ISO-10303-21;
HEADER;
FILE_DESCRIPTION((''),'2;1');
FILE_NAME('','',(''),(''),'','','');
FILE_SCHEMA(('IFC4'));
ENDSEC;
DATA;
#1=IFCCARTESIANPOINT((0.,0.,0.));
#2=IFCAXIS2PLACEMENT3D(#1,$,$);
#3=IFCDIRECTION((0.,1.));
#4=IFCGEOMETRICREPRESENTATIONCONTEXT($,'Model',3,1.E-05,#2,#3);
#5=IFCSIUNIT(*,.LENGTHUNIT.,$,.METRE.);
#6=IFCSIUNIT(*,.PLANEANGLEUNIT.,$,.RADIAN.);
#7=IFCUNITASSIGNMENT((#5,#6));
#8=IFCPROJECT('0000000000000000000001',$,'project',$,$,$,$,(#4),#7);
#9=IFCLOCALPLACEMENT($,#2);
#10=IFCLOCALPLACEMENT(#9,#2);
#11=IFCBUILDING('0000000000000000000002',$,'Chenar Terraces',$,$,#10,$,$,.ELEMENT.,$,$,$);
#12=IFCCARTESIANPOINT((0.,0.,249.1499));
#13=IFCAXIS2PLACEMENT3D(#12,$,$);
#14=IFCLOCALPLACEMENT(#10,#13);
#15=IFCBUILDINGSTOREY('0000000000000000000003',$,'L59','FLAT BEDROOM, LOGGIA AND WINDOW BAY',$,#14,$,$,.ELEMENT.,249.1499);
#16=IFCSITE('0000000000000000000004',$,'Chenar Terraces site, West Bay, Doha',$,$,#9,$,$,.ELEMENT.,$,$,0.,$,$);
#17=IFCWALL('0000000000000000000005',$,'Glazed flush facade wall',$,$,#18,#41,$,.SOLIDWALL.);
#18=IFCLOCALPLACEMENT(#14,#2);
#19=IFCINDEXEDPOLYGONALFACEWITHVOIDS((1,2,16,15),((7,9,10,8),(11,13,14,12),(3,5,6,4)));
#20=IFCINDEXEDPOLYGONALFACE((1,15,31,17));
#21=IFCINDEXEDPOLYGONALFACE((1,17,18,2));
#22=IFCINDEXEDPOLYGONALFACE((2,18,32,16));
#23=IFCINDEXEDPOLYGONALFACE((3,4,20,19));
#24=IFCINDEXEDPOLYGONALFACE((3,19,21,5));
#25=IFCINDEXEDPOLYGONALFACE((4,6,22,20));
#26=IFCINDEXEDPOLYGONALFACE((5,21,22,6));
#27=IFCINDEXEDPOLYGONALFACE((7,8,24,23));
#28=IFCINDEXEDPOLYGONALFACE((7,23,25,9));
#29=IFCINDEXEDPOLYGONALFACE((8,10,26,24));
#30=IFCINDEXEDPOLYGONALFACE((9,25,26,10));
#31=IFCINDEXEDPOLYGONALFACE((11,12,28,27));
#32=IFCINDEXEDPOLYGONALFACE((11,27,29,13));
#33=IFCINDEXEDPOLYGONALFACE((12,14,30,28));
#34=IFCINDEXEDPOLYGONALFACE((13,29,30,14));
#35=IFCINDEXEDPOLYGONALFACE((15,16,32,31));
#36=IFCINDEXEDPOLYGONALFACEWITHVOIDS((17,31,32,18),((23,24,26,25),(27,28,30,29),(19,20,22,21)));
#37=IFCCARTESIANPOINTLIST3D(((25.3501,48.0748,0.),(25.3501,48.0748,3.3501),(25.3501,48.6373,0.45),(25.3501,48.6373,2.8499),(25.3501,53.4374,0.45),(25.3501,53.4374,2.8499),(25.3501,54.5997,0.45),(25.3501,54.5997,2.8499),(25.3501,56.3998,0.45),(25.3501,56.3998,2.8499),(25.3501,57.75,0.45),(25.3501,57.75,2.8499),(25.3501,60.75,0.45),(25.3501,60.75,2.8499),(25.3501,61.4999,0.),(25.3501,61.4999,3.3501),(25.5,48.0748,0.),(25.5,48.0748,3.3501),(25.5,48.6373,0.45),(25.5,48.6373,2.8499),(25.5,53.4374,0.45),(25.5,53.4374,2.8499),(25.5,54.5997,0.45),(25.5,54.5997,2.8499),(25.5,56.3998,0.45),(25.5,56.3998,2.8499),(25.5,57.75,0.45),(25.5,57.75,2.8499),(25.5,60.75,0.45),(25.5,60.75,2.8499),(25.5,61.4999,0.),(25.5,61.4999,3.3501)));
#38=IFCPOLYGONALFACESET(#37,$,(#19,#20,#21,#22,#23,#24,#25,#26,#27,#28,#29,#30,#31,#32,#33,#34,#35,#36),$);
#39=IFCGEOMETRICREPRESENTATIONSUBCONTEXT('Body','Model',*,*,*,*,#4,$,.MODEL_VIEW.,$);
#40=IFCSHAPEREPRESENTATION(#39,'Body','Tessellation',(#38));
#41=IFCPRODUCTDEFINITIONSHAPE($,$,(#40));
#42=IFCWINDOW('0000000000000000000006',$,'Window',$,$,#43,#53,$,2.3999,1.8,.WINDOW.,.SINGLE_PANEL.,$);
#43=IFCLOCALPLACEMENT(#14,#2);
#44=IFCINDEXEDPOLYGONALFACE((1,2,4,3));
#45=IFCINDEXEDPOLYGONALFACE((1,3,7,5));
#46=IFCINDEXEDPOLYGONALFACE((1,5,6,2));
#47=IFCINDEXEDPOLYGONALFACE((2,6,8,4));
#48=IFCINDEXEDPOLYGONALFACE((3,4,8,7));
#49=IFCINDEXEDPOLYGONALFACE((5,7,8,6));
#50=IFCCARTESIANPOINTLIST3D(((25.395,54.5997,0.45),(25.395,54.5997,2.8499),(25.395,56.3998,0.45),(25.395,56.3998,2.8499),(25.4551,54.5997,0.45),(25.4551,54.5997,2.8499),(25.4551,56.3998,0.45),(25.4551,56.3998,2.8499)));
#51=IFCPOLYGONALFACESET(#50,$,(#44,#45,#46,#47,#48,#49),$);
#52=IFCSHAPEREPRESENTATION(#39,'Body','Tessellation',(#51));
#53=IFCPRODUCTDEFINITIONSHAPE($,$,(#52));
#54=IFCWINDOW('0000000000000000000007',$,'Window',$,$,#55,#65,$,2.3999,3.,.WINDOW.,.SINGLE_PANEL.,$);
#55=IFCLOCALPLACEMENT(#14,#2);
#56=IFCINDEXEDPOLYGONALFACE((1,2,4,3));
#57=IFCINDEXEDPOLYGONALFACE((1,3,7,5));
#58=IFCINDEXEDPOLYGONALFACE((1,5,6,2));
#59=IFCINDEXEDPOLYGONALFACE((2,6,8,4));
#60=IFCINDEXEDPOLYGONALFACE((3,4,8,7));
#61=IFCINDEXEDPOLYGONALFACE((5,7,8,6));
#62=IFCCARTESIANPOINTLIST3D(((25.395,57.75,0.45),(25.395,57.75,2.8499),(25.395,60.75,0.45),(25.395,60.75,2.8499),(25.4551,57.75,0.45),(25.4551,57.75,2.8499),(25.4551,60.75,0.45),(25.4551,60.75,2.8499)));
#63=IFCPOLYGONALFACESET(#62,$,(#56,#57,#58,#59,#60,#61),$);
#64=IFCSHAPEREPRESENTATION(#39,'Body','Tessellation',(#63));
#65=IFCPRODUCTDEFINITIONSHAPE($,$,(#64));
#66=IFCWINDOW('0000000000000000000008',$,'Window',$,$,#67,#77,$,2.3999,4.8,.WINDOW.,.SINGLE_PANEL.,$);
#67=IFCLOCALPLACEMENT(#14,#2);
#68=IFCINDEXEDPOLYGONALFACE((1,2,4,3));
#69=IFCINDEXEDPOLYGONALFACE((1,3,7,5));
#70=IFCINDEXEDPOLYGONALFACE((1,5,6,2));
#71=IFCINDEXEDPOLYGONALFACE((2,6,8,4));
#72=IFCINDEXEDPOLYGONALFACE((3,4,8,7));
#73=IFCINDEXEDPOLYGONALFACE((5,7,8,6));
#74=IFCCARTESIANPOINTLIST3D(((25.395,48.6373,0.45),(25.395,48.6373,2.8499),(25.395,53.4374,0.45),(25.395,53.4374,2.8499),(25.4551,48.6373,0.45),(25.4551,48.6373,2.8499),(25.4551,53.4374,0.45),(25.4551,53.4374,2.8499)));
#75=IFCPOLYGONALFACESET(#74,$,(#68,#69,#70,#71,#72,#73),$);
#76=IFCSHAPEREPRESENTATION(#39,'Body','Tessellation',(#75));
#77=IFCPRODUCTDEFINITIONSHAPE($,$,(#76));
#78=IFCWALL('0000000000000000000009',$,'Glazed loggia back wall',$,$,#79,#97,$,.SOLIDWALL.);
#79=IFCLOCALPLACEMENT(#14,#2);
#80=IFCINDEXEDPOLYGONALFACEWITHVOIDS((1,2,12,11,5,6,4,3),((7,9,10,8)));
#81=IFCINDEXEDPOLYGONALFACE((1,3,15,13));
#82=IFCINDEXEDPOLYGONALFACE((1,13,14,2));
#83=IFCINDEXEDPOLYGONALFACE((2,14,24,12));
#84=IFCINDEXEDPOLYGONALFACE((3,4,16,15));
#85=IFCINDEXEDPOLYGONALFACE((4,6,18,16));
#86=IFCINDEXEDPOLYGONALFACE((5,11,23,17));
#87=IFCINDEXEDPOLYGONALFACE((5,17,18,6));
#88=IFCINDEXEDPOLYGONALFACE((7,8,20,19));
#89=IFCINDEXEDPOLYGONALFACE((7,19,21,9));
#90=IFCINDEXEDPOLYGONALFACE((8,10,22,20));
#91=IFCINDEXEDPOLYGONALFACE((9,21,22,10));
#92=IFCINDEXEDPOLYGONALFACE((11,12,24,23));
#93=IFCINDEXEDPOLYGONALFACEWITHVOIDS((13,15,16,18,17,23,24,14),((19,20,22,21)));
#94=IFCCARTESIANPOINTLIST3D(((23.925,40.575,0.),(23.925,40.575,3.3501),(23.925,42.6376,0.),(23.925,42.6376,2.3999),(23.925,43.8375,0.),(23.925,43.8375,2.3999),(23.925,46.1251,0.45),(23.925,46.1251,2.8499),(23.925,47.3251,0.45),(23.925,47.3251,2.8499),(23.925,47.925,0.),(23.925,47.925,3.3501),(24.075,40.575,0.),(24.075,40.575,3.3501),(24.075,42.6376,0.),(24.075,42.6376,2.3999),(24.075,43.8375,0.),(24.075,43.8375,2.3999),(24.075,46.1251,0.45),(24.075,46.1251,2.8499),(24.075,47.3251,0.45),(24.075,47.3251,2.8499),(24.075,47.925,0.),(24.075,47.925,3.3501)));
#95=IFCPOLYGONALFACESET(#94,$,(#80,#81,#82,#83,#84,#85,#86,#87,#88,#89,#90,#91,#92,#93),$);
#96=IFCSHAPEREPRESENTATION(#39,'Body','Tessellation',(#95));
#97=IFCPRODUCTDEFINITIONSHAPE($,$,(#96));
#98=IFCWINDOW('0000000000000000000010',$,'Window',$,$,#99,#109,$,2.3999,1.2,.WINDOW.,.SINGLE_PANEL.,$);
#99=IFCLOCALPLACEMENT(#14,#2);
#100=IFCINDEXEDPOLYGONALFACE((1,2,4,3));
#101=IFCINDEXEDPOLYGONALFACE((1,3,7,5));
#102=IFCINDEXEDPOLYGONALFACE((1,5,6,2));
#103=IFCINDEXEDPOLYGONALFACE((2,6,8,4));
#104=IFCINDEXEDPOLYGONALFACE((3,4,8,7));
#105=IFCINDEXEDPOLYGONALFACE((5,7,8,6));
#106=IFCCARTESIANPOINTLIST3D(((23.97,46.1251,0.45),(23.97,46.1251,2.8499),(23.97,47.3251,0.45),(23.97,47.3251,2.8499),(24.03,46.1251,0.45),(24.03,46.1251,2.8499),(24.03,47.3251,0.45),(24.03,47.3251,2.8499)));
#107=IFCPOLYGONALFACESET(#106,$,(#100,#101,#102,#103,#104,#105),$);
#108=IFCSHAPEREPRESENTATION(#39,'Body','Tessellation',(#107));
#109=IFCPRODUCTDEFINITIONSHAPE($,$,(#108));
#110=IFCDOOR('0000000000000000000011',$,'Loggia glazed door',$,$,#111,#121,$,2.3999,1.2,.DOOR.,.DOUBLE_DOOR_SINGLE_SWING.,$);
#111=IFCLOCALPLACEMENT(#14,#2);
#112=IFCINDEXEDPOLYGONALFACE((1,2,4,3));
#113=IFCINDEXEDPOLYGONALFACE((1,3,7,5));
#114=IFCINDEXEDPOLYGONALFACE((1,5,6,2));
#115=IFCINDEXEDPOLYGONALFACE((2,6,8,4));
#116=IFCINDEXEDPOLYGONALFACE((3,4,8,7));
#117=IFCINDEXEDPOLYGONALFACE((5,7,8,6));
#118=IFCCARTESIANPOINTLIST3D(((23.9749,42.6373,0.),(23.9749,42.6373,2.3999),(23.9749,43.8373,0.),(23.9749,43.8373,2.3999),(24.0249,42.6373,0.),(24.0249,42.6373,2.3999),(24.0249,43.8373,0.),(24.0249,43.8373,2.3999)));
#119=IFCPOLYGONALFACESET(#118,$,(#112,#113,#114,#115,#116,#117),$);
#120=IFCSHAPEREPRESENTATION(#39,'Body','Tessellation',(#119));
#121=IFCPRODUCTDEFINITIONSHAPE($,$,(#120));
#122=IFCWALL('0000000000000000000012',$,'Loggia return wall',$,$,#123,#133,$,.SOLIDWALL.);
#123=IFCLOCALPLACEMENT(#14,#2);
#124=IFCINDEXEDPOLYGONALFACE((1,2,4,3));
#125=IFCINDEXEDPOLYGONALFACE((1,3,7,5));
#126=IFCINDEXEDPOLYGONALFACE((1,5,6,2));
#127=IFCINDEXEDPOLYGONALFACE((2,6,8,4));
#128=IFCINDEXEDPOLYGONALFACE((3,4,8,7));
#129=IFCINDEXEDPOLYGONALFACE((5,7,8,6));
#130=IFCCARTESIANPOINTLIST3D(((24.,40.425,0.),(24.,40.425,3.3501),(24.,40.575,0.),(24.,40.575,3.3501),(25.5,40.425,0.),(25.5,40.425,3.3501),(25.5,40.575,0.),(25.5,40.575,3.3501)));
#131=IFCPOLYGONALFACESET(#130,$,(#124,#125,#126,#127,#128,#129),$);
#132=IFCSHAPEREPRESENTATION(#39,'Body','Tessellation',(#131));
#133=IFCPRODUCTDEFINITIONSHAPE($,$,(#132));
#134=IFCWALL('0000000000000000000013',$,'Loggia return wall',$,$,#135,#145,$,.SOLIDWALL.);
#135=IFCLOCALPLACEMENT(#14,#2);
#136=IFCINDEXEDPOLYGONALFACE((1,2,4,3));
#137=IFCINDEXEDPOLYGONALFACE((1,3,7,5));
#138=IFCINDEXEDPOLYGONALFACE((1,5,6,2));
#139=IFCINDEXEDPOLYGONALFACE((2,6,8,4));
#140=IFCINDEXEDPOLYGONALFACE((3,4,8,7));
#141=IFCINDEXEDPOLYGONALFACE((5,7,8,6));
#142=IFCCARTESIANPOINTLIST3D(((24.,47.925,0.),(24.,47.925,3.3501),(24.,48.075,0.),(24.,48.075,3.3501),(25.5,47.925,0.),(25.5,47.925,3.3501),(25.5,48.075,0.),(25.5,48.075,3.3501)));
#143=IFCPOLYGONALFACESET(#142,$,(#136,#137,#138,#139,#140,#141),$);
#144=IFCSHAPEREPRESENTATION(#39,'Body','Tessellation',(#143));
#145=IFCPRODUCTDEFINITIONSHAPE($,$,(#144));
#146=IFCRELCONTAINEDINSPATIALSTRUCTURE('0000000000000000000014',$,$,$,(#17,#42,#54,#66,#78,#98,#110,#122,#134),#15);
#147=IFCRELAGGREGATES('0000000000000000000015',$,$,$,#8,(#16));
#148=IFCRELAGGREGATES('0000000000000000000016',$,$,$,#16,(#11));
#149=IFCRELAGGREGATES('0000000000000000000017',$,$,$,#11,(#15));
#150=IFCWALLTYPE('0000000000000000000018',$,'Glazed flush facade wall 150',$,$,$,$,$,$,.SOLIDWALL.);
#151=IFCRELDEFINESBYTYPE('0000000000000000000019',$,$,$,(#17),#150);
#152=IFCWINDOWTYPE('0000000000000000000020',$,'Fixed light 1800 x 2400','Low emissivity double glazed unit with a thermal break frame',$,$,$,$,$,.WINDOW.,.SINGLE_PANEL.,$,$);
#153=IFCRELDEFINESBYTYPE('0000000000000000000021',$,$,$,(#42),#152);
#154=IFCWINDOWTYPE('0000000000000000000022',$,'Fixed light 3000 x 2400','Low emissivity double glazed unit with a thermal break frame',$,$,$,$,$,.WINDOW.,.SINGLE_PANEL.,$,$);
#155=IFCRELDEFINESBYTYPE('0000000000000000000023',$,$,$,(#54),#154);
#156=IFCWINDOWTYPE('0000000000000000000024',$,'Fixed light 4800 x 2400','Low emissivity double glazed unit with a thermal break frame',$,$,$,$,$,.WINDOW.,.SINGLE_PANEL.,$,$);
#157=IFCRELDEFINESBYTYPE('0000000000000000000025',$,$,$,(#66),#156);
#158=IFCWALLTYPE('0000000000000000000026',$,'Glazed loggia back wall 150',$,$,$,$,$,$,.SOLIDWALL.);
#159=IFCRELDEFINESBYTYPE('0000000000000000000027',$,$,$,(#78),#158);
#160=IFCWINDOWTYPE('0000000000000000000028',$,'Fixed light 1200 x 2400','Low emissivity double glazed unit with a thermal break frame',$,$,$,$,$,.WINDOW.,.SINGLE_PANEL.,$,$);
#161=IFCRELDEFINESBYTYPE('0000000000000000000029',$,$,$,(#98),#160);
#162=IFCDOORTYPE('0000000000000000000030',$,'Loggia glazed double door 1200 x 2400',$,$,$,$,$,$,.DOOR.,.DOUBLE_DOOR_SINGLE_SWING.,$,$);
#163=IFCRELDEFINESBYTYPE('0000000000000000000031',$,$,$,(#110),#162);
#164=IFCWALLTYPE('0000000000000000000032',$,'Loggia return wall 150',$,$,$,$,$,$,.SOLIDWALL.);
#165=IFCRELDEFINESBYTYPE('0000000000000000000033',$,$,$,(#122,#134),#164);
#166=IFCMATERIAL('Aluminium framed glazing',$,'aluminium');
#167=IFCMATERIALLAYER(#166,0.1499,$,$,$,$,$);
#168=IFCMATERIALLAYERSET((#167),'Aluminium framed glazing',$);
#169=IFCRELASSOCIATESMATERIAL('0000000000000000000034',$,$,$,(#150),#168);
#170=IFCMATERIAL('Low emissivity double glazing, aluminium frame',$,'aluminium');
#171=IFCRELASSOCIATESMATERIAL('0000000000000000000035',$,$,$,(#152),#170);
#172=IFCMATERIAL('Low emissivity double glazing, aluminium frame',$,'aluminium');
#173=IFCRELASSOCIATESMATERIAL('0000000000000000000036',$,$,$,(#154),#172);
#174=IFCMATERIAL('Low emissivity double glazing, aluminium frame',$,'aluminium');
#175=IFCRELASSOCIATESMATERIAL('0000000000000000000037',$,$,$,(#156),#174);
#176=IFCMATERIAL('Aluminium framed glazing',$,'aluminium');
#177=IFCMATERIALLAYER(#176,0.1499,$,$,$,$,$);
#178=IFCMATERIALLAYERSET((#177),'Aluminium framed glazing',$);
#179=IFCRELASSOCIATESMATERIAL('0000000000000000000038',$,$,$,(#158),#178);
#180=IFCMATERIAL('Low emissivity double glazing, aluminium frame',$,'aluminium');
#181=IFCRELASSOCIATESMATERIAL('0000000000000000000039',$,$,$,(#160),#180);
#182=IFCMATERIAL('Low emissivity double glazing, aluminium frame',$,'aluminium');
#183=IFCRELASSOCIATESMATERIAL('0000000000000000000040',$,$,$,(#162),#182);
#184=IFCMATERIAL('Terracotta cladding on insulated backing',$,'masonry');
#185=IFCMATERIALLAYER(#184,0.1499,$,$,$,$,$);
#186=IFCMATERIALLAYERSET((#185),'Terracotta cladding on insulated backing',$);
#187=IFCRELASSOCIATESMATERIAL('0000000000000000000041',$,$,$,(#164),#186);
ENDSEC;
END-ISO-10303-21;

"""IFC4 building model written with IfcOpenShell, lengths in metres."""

from ifc_helpers import new_model, si_unit, direction, frame, frame_2d, origin, place, context, subcontext, project, spatial, rectangle, extrude, material, layer, layer_set, type_object, element, fill, save


model = new_model("IFC4")

# Units and contexts
model_context = context("Model", 3, precision=1e-05, world=origin(), true_north=direction((0.0, 1.0)))
body_context = subcontext(model_context, "Body", "Model", "MODEL_VIEW")
ifc_project = project(units=[si_unit("LENGTHUNIT", "METRE"), si_unit("PLANEANGLEUNIT", "RADIAN")], contexts=[model_context])

# Site, building, storey
site_placement = place(None, origin())
site = spatial("IfcSite", under=ifc_project, at=site_placement, Name="Chenar Terraces site, West Bay, Doha", CompositionType="ELEMENT", RefElevation=0.0)
building_placement = place(site_placement, origin())
building = spatial("IfcBuilding", under=site, at=building_placement, Name="Chenar Terraces", CompositionType="ELEMENT")
storey_placement = place(building_placement, frame((0.0, 0.0, 249.1499)))
storey = spatial("IfcBuildingStorey", under=building, at=storey_placement, Name="L59", Description="FLAT BEDROOM, LOGGIA AND WINDOW BAY", CompositionType="ELEMENT", Elevation=249.1499)

# Wall, openings, windows
ifc_material_1 = material(Name="Aluminium framed glazing", Category="aluminium")
ifc_layer_1 = layer(ifc_material_1, 0.1499)
ifc_layer_set_1 = layer_set([ifc_layer_1], Name="Aluminium framed glazing")
wall_type_1 = type_object("IfcWallType", Name="Glazed flush facade wall 150", PredefinedType="SOLIDWALL", material=ifc_layer_set_1)
wall_1_placement = place(storey_placement, frame((25.425, 48.075, 0.0), z_axis=(0.0, 0.0, 1.0), x_axis=(0.0, 1.0, 0.0)))
wall_1 = element("IfcWall", 1, at=wall_1_placement, inside=storey, type_object=wall_type_1, Name="Glazed flush facade wall", PredefinedType="SOLIDWALL", context=body_context, shape_type="SweptSolid", body=[
    extrude(rectangle(XDim=13.425, YDim=0.1499, at=frame_2d((6.7124, 0.0))), origin(), (0.0, 0.0, 1.0), 3.3501),
])
opening_1_placement = place(wall_1_placement, frame((0.5625, 0.0, 0.45)))
opening_1 = element("IfcOpeningElement", 2, at=opening_1_placement, cuts=wall_1, PredefinedType="OPENING", context=body_context, shape_type="SweptSolid", body=[
    extrude(rectangle(XDim=4.8, YDim=2.3999, at=frame_2d((2.3999, 1.2))), frame((0.0, 0.085, 0.0), z_axis=(0.0, -1.0, 0.0), x_axis=(1.0, 0.0, 0.0)), (0.0, 0.0, 1.0), 0.1699),
])
opening_2_placement = place(wall_1_placement, frame((6.5249, 0.0, 0.45)))
opening_2 = element("IfcOpeningElement", 3, at=opening_2_placement, cuts=wall_1, PredefinedType="OPENING", context=body_context, shape_type="SweptSolid", body=[
    extrude(rectangle(XDim=1.8, YDim=2.3999, at=frame_2d((0.8999, 1.2))), frame((0.0, 0.085, 0.0), z_axis=(0.0, -1.0, 0.0), x_axis=(1.0, 0.0, 0.0)), (0.0, 0.0, 1.0), 0.1699),
])
opening_3_placement = place(wall_1_placement, frame((9.675, 0.0, 0.45)))
opening_3 = element("IfcOpeningElement", 4, at=opening_3_placement, cuts=wall_1, PredefinedType="OPENING", context=body_context, shape_type="SweptSolid", body=[
    extrude(rectangle(XDim=3.0, YDim=2.3999, at=frame_2d((1.5, 1.2))), frame((0.0, 0.085, 0.0), z_axis=(0.0, -1.0, 0.0), x_axis=(1.0, 0.0, 0.0)), (0.0, 0.0, 1.0), 0.1699),
])
ifc_material_2 = material(Name="Low emissivity double glazing, aluminium frame", Category="aluminium")
window_type_1 = type_object("IfcWindowType", Name="Fixed light 1800 x 2400", Description="Low emissivity double glazed unit with a thermal break frame", PartitioningType="SINGLE_PANEL", PredefinedType="WINDOW", material=ifc_material_2)
window_1_placement = place(opening_2_placement, origin())
window_1 = element("IfcWindow", 5, at=window_1_placement, inside=storey, type_object=window_type_1, Name="Window", OverallHeight=2.3999, OverallWidth=1.8, PartitioningType="SINGLE_PANEL", PredefinedType="WINDOW", context=body_context, shape_type="SweptSolid", body=[
    extrude(rectangle(XDim=1.8, YDim=2.3999, at=frame_2d((0.8999, 1.2))), frame((0.0, 0.03, 0.0), z_axis=(0.0, -1.0, 0.0), x_axis=(1.0, 0.0, 0.0)), (0.0, 0.0, 1.0), 0.0601),
])
fill(opening_2, window_1)
ifc_material_3 = material(Name="Low emissivity double glazing, aluminium frame", Category="aluminium")
window_type_2 = type_object("IfcWindowType", Name="Fixed light 3000 x 2400", Description="Low emissivity double glazed unit with a thermal break frame", PartitioningType="SINGLE_PANEL", PredefinedType="WINDOW", material=ifc_material_3)
window_2_placement = place(opening_3_placement, origin())
window_2 = element("IfcWindow", 6, at=window_2_placement, inside=storey, type_object=window_type_2, Name="Window", OverallHeight=2.3999, OverallWidth=3.0, PartitioningType="SINGLE_PANEL", PredefinedType="WINDOW", context=body_context, shape_type="SweptSolid", body=[
    extrude(rectangle(XDim=3.0, YDim=2.3999, at=frame_2d((1.5, 1.2))), frame((0.0, 0.03, 0.0), z_axis=(0.0, -1.0, 0.0), x_axis=(1.0, 0.0, 0.0)), (0.0, 0.0, 1.0), 0.0601),
])
fill(opening_3, window_2)
ifc_material_4 = material(Name="Low emissivity double glazing, aluminium frame", Category="aluminium")
window_type_3 = type_object("IfcWindowType", Name="Fixed light 4800 x 2400", Description="Low emissivity double glazed unit with a thermal break frame", PartitioningType="SINGLE_PANEL", PredefinedType="WINDOW", material=ifc_material_4)
window_3_placement = place(opening_1_placement, origin())
window_3 = element("IfcWindow", 7, at=window_3_placement, inside=storey, type_object=window_type_3, Name="Window", OverallHeight=2.3999, OverallWidth=4.8, PartitioningType="SINGLE_PANEL", PredefinedType="WINDOW", context=body_context, shape_type="SweptSolid", body=[
    extrude(rectangle(XDim=4.8, YDim=2.3999, at=frame_2d((2.3999, 1.2))), frame((0.0, 0.03, 0.0), z_axis=(0.0, -1.0, 0.0), x_axis=(1.0, 0.0, 0.0)), (0.0, 0.0, 1.0), 0.0601),
])
fill(opening_1, window_3)

# Wall, openings, window, door
ifc_material_5 = material(Name="Aluminium framed glazing", Category="aluminium")
ifc_layer_2 = layer(ifc_material_5, 0.1499)
ifc_layer_set_2 = layer_set([ifc_layer_2], Name="Aluminium framed glazing")
wall_type_2 = type_object("IfcWallType", Name="Glazed loggia back wall 150", PredefinedType="SOLIDWALL", material=ifc_layer_set_2)
wall_2_placement = place(storey_placement, frame((24.0, 40.575, 0.0), z_axis=(0.0, 0.0, 1.0), x_axis=(0.0, 1.0, 0.0)))
wall_2 = element("IfcWall", 8, at=wall_2_placement, inside=storey, type_object=wall_type_2, Name="Glazed loggia back wall", PredefinedType="SOLIDWALL", context=body_context, shape_type="SweptSolid", body=[
    extrude(rectangle(XDim=7.3501, YDim=0.1499, at=frame_2d((3.675, 0.0))), origin(), (0.0, 0.0, 1.0), 3.3501),
])
opening_4_placement = place(wall_2_placement, frame((2.0625, 0.0, 0.0)))
opening_4 = element("IfcOpeningElement", 9, at=opening_4_placement, cuts=wall_2, PredefinedType="OPENING", context=body_context, shape_type="SweptSolid", body=[
    extrude(rectangle(XDim=1.2, YDim=2.3999, at=frame_2d((0.6001, 1.2))), frame((0.0, 0.085, 0.0), z_axis=(0.0, -1.0, 0.0), x_axis=(1.0, 0.0, 0.0)), (0.0, 0.0, 1.0), 0.1699),
])
opening_5_placement = place(wall_2_placement, frame((5.55, 0.0, 0.45)))
opening_5 = element("IfcOpeningElement", 10, at=opening_5_placement, cuts=wall_2, PredefinedType="OPENING", context=body_context, shape_type="SweptSolid", body=[
    extrude(rectangle(XDim=1.2, YDim=2.3999, at=frame_2d((0.6001, 1.2))), frame((0.0, 0.085, 0.0), z_axis=(0.0, -1.0, 0.0), x_axis=(1.0, 0.0, 0.0)), (0.0, 0.0, 1.0), 0.1699),
])
ifc_material_6 = material(Name="Low emissivity double glazing, aluminium frame", Category="aluminium")
window_type_4 = type_object("IfcWindowType", Name="Fixed light 1200 x 2400", Description="Low emissivity double glazed unit with a thermal break frame", PartitioningType="SINGLE_PANEL", PredefinedType="WINDOW", material=ifc_material_6)
window_4_placement = place(opening_5_placement, origin())
window_4 = element("IfcWindow", 11, at=window_4_placement, inside=storey, type_object=window_type_4, Name="Window", OverallHeight=2.3999, OverallWidth=1.2, PartitioningType="SINGLE_PANEL", PredefinedType="WINDOW", context=body_context, shape_type="SweptSolid", body=[
    extrude(rectangle(XDim=1.2, YDim=2.3999, at=frame_2d((0.6001, 1.2))), frame((0.0, 0.03, 0.0), z_axis=(0.0, -1.0, 0.0), x_axis=(1.0, 0.0, 0.0)), (0.0, 0.0, 1.0), 0.0601),
])
fill(opening_5, window_4)
ifc_material_7 = material(Name="Low emissivity double glazing, aluminium frame", Category="aluminium")
door_type = type_object("IfcDoorType", Name="Loggia glazed double door 1200 x 2400", OperationType="DOUBLE_DOOR_SINGLE_SWING", PredefinedType="DOOR", material=ifc_material_7)
door_placement = place(opening_4_placement, frame((1.2, 0.0, 0.0), z_axis=(0.0, 0.0, 1.0), x_axis=(-1.0, 0.0, 0.0)))
door = element("IfcDoor", 12, at=door_placement, inside=storey, type_object=door_type, Name="Loggia glazed door", OperationType="DOUBLE_DOOR_SINGLE_SWING", OverallHeight=2.3999, OverallWidth=1.2, PredefinedType="DOOR", context=body_context, shape_type="SweptSolid", body=[
    extrude(rectangle(XDim=1.2, YDim=2.3999, at=frame_2d((0.6001, 1.2))), frame((0.0, 0.0249, 0.0), z_axis=(0.0, -1.0, 0.0), x_axis=(1.0, 0.0, 0.0)), (0.0, 0.0, 1.0), 0.05),
])
fill(opening_4, door)

# Walls
ifc_material_8 = material(Name="Terracotta cladding on insulated backing", Category="masonry")
ifc_layer_3 = layer(ifc_material_8, 0.1499)
ifc_layer_set_3 = layer_set([ifc_layer_3], Name="Terracotta cladding on insulated backing")
wall_type_3 = type_object("IfcWallType", Name="Loggia return wall 150", PredefinedType="SOLIDWALL", material=ifc_layer_set_3)
for number, where, z_axis, x_axis, name in (
    (13, (25.5, 40.5, 0.0), (0.0, 0.0, 1.0), (-1.0, 0.0, 0.0), "Loggia return wall"),
    (14, (25.5, 48.0, 0.0), (0.0, 0.0, 1.0), (-1.0, 0.0, 0.0), "Loggia return wall"),
):
    element("IfcWall", number, at=place(storey_placement, frame(where, z_axis=z_axis, x_axis=x_axis)), inside=storey, type_object=wall_type_3, Name=name, PredefinedType="SOLIDWALL", context=body_context, shape_type="SweptSolid", body=[
        extrude(rectangle(XDim=1.5, YDim=0.1499, at=frame_2d((0.75, 0.0))), origin(), (0.0, 0.0, 1.0), 3.3501),
    ])

save(model, "model.ifc")
